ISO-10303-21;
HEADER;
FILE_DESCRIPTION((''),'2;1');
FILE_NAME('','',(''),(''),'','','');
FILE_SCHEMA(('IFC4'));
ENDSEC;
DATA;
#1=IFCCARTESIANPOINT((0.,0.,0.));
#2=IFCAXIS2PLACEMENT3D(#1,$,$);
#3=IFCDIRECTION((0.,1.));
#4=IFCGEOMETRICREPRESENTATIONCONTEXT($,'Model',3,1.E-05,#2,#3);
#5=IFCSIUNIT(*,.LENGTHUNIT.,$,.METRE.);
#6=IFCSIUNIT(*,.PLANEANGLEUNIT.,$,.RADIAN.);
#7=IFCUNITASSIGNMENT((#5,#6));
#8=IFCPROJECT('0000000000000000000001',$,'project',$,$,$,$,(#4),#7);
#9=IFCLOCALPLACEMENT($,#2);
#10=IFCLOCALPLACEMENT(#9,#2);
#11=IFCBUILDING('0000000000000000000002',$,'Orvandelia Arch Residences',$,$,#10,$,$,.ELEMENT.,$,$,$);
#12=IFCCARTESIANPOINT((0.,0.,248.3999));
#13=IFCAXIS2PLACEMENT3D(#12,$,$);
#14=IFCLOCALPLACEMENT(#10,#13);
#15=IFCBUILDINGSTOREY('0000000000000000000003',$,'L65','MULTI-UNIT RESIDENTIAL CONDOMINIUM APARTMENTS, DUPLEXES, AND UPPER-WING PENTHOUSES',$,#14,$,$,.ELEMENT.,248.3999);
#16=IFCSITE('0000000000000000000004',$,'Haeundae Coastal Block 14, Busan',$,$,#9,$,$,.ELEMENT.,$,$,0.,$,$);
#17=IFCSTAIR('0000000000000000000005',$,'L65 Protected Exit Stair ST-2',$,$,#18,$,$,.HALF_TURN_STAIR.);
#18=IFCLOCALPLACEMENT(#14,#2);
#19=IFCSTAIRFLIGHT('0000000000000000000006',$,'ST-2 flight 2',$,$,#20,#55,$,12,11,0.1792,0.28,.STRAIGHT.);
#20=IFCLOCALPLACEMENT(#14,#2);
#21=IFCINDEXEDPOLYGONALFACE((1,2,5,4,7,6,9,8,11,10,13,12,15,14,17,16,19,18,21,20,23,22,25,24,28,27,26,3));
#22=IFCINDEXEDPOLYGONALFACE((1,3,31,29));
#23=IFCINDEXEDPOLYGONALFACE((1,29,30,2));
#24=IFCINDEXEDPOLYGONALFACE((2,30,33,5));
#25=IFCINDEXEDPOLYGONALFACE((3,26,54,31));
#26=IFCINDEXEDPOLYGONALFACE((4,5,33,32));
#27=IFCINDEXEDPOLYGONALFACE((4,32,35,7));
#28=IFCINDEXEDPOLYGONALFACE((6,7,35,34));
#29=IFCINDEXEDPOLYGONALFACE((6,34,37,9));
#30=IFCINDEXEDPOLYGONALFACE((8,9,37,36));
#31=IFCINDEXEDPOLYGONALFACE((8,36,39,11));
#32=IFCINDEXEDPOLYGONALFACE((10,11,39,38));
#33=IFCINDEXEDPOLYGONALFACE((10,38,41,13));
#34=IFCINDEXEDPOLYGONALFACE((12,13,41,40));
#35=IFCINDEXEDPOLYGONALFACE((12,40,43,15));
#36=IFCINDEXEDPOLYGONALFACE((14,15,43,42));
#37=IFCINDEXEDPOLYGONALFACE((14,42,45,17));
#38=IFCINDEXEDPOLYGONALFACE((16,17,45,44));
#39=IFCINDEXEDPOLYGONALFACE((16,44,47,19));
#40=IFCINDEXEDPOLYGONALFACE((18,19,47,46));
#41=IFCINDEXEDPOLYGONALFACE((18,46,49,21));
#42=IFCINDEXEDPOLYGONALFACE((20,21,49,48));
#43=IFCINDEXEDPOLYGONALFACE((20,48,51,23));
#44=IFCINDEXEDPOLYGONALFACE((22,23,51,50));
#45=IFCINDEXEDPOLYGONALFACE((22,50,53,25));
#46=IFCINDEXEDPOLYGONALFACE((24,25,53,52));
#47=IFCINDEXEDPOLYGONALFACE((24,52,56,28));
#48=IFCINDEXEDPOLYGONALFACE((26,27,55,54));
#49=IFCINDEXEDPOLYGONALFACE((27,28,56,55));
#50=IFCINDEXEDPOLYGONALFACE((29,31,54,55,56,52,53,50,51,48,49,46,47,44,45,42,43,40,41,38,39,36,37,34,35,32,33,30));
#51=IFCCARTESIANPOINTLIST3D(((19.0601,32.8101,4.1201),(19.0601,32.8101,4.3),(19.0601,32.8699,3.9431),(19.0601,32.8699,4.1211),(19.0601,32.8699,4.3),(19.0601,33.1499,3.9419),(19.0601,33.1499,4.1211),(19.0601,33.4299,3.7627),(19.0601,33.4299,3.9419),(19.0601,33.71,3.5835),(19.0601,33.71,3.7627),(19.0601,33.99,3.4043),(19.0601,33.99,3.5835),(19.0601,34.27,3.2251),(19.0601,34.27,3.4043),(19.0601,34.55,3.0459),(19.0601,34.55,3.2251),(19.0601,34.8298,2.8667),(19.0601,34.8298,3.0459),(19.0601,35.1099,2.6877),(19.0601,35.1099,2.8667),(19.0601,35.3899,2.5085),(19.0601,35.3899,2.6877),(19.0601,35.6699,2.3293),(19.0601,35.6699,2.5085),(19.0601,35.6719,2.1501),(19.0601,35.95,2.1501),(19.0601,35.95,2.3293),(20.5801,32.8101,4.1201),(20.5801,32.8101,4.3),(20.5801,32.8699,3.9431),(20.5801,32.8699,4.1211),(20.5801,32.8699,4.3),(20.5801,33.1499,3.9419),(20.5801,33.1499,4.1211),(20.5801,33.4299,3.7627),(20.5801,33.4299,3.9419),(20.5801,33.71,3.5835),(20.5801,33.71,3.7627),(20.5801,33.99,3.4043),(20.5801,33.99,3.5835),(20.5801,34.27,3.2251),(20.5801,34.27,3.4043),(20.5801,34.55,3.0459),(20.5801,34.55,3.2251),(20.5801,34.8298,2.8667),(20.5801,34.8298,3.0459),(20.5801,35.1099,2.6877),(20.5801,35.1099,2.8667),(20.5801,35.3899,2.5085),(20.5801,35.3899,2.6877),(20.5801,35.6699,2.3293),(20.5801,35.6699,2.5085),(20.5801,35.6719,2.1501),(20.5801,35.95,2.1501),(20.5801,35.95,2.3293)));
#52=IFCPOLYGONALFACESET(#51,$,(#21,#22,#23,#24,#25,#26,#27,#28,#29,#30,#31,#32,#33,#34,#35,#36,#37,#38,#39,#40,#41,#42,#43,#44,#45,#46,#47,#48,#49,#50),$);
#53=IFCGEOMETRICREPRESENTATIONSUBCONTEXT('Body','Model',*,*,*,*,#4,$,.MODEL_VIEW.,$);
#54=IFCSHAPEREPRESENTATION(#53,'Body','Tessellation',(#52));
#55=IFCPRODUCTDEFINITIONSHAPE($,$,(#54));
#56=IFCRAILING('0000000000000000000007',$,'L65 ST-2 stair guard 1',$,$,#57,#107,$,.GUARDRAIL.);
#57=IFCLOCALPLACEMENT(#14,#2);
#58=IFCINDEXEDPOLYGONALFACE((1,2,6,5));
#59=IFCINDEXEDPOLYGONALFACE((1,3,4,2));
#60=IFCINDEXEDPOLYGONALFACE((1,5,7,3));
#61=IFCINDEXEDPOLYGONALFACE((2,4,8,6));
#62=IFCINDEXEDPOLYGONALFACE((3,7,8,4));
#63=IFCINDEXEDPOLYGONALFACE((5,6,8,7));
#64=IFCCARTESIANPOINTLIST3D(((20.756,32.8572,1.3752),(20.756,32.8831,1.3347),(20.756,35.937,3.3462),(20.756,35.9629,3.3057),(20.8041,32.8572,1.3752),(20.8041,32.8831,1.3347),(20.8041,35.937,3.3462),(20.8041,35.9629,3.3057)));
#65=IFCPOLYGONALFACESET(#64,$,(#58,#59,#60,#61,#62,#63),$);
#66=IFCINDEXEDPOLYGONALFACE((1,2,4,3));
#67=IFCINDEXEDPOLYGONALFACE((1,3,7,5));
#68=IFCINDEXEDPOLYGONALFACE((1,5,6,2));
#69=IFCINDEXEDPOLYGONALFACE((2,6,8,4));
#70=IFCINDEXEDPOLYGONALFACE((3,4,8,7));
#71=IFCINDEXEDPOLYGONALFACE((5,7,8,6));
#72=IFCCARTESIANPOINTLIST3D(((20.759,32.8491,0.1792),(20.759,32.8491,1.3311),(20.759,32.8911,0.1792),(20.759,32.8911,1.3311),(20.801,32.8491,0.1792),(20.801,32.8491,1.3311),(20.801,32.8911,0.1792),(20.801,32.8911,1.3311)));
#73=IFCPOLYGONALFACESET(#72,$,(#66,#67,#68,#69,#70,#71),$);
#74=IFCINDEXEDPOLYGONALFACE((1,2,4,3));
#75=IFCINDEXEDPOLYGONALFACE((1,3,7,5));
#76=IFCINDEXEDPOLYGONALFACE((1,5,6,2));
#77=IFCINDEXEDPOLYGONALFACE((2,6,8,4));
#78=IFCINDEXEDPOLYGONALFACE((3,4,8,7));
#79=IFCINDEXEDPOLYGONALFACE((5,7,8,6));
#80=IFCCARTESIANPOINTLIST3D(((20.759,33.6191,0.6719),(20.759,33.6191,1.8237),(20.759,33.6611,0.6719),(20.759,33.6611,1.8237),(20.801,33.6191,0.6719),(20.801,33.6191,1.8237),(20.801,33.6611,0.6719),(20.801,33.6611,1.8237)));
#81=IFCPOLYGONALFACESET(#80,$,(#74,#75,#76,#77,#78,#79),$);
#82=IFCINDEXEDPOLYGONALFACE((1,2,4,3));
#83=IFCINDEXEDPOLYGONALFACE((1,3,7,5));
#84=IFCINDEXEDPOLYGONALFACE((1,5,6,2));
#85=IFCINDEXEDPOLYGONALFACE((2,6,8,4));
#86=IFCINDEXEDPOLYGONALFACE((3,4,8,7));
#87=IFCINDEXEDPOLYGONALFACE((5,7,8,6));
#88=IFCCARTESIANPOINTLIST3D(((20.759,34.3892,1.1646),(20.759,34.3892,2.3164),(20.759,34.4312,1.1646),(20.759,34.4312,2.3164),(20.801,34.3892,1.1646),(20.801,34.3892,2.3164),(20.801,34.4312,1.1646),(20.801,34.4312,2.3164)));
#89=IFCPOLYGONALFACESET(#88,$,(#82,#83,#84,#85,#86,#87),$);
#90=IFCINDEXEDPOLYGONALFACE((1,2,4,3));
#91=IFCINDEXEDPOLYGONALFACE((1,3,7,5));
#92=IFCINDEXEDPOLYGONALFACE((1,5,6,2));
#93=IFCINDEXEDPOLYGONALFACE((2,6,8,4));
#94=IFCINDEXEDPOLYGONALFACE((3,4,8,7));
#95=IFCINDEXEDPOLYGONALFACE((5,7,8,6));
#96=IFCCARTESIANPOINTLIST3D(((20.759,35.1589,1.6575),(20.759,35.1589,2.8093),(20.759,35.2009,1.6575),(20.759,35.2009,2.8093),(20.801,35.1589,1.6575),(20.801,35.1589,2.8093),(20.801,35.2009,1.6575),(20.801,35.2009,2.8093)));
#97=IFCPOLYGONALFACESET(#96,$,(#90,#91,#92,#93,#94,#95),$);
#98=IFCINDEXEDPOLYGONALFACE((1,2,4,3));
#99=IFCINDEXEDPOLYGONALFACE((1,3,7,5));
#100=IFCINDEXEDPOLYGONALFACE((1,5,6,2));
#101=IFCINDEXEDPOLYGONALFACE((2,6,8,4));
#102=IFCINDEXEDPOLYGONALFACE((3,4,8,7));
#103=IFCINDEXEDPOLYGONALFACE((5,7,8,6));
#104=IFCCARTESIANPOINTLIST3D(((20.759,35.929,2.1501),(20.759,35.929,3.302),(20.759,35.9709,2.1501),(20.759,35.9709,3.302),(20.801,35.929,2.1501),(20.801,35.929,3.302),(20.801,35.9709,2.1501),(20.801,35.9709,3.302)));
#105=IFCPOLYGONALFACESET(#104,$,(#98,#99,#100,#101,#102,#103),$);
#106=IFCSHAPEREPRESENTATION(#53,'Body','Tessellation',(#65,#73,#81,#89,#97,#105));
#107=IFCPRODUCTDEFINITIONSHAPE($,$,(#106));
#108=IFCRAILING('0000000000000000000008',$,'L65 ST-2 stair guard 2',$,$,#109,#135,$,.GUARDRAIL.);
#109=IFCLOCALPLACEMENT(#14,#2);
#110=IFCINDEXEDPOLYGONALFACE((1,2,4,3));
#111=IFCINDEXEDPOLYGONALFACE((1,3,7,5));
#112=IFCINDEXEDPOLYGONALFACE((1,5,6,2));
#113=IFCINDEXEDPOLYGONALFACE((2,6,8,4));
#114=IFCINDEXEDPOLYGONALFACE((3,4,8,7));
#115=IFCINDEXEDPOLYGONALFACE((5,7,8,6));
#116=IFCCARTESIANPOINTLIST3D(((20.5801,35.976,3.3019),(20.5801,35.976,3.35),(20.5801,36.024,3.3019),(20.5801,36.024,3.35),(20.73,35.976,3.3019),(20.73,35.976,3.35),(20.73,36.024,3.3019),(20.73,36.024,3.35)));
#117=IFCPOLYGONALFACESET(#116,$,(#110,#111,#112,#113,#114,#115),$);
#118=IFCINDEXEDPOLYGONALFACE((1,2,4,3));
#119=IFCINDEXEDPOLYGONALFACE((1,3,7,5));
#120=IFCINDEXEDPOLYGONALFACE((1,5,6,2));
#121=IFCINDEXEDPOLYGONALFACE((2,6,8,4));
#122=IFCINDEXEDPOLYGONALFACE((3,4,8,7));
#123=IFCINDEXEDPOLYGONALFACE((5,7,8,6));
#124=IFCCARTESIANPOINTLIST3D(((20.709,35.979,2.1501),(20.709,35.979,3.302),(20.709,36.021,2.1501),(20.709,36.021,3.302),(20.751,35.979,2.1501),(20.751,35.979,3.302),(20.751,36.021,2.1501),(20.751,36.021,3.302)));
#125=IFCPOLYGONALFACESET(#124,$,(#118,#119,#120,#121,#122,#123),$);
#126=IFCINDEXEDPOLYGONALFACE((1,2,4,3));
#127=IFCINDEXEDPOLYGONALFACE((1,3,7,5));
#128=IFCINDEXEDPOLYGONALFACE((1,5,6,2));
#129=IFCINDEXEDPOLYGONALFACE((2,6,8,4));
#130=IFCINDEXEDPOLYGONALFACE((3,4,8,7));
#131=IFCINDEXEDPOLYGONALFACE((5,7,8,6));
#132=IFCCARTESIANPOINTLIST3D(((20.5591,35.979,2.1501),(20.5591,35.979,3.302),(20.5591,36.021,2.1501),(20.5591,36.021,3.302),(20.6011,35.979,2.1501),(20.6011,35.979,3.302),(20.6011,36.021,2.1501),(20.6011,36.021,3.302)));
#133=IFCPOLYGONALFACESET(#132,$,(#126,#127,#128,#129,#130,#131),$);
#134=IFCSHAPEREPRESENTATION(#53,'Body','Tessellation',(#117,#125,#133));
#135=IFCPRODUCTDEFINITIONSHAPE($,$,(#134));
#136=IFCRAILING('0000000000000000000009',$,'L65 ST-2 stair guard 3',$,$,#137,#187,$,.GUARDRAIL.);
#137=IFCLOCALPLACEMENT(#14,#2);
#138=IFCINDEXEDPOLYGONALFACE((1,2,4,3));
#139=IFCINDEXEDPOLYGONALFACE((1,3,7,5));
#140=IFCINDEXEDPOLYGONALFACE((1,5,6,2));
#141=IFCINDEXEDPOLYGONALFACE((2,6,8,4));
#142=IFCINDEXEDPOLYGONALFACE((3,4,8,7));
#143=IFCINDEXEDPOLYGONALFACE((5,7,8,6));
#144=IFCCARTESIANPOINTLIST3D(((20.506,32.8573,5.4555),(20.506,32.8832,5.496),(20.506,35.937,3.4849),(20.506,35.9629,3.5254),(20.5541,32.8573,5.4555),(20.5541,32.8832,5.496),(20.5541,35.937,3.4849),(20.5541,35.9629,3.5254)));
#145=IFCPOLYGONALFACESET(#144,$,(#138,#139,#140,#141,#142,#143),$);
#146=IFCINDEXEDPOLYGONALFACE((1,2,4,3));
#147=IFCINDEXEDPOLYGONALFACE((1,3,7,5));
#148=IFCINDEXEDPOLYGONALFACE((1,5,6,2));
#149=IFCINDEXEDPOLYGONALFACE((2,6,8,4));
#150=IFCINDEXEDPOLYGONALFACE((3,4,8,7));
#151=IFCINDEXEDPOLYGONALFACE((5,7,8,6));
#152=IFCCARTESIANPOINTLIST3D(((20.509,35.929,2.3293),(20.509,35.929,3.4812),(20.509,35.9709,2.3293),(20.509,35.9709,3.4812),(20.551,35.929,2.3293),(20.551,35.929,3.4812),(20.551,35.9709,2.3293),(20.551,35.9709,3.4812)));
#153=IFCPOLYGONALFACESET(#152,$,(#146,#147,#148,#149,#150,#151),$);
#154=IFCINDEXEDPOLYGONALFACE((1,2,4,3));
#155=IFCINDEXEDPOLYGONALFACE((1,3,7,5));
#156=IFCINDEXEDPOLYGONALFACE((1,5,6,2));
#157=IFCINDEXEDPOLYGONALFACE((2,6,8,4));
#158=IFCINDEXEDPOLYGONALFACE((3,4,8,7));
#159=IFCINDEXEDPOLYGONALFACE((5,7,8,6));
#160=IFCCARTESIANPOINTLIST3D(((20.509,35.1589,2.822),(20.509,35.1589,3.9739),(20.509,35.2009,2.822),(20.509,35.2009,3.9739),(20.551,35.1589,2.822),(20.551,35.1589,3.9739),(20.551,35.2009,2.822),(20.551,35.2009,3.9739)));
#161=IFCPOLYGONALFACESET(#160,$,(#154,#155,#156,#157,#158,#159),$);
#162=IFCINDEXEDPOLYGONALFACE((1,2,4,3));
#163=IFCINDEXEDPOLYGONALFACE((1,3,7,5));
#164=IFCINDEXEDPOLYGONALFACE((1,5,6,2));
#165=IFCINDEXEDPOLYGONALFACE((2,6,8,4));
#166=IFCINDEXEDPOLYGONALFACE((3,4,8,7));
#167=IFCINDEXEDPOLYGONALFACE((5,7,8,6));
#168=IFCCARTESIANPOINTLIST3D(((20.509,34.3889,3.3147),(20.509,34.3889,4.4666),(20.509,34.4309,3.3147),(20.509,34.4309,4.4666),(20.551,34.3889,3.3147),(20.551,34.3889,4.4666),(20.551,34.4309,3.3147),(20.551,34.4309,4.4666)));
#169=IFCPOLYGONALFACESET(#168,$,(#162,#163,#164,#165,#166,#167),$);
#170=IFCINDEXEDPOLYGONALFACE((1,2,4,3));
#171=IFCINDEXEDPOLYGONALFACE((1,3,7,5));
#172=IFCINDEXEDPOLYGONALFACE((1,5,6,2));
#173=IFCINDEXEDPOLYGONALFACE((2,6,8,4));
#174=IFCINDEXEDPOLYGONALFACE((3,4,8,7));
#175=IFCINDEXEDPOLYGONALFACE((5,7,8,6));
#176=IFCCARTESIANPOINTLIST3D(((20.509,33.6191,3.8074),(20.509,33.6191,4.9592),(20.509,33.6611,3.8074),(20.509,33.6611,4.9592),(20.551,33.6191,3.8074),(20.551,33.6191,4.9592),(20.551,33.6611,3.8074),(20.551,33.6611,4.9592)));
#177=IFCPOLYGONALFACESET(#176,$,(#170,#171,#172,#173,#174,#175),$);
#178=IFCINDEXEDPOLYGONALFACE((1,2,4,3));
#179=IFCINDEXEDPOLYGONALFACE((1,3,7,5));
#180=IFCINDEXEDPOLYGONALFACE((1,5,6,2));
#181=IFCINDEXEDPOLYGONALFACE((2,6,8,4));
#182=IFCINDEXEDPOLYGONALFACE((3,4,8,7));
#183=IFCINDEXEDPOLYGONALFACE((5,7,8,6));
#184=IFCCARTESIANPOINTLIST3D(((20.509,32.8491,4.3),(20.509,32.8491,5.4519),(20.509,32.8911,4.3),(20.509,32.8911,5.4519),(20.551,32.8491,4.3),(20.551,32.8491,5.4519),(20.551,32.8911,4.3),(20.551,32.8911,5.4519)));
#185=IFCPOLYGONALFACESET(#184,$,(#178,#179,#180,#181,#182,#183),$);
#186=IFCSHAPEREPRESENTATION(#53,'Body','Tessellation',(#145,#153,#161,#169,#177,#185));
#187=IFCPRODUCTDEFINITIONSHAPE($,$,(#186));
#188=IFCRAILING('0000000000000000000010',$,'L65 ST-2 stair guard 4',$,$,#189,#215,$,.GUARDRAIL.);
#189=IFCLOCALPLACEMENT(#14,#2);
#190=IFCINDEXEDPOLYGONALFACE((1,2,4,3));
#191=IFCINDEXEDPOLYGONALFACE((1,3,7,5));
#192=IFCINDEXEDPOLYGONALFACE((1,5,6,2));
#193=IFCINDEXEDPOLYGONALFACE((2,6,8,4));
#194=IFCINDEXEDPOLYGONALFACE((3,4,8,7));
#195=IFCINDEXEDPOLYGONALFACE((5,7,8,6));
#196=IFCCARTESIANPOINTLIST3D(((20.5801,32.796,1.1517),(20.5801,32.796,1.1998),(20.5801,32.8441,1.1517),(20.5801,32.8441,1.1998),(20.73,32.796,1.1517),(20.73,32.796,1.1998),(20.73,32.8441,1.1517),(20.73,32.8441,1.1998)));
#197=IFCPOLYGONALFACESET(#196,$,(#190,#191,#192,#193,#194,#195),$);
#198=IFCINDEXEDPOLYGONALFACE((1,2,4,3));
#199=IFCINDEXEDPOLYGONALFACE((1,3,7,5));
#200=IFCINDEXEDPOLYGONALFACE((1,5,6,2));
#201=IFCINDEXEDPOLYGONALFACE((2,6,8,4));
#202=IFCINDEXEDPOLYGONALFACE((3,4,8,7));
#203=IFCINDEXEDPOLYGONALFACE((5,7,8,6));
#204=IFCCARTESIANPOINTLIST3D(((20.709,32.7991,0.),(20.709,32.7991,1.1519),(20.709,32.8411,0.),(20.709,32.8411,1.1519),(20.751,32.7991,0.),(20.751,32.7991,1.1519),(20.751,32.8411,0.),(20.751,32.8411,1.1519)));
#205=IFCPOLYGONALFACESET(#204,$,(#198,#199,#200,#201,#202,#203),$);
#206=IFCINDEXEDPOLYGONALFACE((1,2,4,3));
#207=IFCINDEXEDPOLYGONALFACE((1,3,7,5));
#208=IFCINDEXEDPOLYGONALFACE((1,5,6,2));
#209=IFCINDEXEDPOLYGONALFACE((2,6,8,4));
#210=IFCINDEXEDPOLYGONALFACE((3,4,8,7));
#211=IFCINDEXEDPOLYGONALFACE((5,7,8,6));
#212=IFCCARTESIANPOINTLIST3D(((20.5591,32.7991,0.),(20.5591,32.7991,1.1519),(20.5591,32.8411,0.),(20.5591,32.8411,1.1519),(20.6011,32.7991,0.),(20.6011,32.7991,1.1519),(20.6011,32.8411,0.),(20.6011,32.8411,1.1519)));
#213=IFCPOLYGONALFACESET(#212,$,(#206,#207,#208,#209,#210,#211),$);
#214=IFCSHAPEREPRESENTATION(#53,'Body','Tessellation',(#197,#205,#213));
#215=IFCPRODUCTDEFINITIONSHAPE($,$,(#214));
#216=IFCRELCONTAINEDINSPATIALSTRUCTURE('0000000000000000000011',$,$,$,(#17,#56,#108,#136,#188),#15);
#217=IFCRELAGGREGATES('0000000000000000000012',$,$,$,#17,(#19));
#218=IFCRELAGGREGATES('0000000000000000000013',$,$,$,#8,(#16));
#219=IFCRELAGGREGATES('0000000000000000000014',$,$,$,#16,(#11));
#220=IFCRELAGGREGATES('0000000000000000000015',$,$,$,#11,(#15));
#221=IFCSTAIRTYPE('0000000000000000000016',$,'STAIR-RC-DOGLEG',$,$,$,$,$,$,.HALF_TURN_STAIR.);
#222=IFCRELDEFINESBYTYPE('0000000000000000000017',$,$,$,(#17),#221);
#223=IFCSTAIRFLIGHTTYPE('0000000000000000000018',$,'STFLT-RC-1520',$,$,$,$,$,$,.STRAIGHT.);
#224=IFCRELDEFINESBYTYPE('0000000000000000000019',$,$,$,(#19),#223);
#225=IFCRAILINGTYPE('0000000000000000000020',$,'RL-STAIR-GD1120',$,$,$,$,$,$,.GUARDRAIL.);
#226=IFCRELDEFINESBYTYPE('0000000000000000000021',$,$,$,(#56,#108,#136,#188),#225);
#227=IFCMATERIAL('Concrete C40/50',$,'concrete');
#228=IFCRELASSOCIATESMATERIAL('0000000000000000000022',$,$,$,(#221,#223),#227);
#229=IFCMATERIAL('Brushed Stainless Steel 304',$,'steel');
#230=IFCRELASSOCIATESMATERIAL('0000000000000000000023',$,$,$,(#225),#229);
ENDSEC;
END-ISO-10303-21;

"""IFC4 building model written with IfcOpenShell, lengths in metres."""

from ifc_helpers import new_model, si_unit, direction, frame, origin, origin_2d, place, context, subcontext, project, spatial, polyline, rectangle, outline, extrude, material, type_object, element, aggregate, save


model = new_model("IFC4")

# Units and contexts
model_context = context("Model", 3, precision=1e-05, world=origin(), true_north=direction((0.0, 1.0)))
body_context = subcontext(model_context, "Body", "Model", "MODEL_VIEW")
ifc_project = project(units=[si_unit("LENGTHUNIT", "METRE"), si_unit("PLANEANGLEUNIT", "RADIAN")], contexts=[model_context])

# Site, building, storey
site_placement = place(None, origin())
site = spatial("IfcSite", under=ifc_project, at=site_placement, Name="Haeundae Coastal Block 14, Busan", CompositionType="ELEMENT", RefElevation=0.0)
building_placement = place(site_placement, origin())
building = spatial("IfcBuilding", under=site, at=building_placement, Name="Orvandelia Arch Residences", CompositionType="ELEMENT")
storey_placement = place(building_placement, frame((0.0, 0.0, 248.3999)))
storey = spatial("IfcBuildingStorey", under=building, at=storey_placement, Name="L65", Description="MULTI-UNIT RESIDENTIAL CONDOMINIUM APARTMENTS, DUPLEXES, AND UPPER-WING PENTHOUSES", CompositionType="ELEMENT", Elevation=248.3999)

# Stair, stair flight
ifc_material_1 = material(Name="Concrete C40/50", Category="concrete")
stair_type = type_object("IfcStairType", Name="STAIR-RC-DOGLEG", PredefinedType="HALF_TURN_STAIR", material=ifc_material_1)
stair_placement = place(storey_placement, origin())
stair = element("IfcStair", 1, at=stair_placement, inside=storey, type_object=stair_type, Name="L65 Protected Exit Stair ST-2", PredefinedType="HALF_TURN_STAIR")
stair_flight_type = type_object("IfcStairFlightType", Name="STFLT-RC-1520", PredefinedType="STRAIGHT", material=ifc_material_1)
stair_flight_1_placement = place(storey_placement, frame((19.8201, 35.95, 2.1501), z_axis=(0.0, 0.0, 1.0), x_axis=(0.0, -1.0, 0.0)))
stair_flight_1 = element("IfcStairFlight", 2, at=stair_flight_1_placement, type_object=stair_flight_type, Name="ST-2 flight 2", NumberOfRisers=12, NumberOfTreads=11, PredefinedType="STRAIGHT", RiserHeight=0.1792, TreadLength=0.28, context=body_context, shape_type="SweptSolid", body=[
    extrude(outline(polyline([(0.0, 0.0), (0.0, 0.1792), (0.28, 0.1792), (0.28, 0.3584), (0.5601, 0.3584), (0.5601, 0.5376), (0.8401, 0.5376), (0.8401, 0.7166), (1.1201, 0.7166), (1.1201, 0.8958), (1.3999, 0.8958), (1.3999, 1.075), (1.6799, 1.075), (1.6799, 1.2542), (1.96, 1.2542), (1.96, 1.4333), (2.24, 1.4333), (2.24, 1.6125), (2.52, 1.6125), (2.52, 1.7917), (2.8, 1.7917), (2.8, 1.9709), (3.0801, 1.9709), (3.0801, 2.1499), (3.1399, 2.1499), (3.1399, 1.97), (3.0801, 1.793), (0.2781, 0.0), (0.0, 0.0)])), frame((0.0, 0.76, 0.0), z_axis=(0.0, -1.0, 0.0), x_axis=(1.0, 0.0, 0.0)), (0.0, 0.0, 1.0), 1.52),
])
aggregate(stair, [stair_flight_1])

# Railings
ifc_material_2 = material(Name="Brushed Stainless Steel 304", Category="steel")
railing_type_1 = type_object("IfcRailingType", Name="RL-STAIR-GD1120", PredefinedType="GUARDRAIL", material=ifc_material_2)
railing_1_placement = place(storey_placement, frame((20.78, 32.8701, 0.1792)))
element("IfcRailing", 3, at=railing_1_placement, inside=storey, type_object=railing_type_1, Name="L65 ST-2 stair guard 1", PredefinedType="GUARDRAIL", context=body_context, shape_type="SweptSolid", body=[
    extrude(rectangle(XDim=0.0481, YDim=0.0481, at=origin_2d()), frame((0.0, 0.0, 1.1758), z_axis=(0.0, 0.84229, 0.539025), x_axis=(-1.0, 0.0, 0.0)), (0.0, 0.0, 1.0), 3.6565),
    extrude(rectangle(XDim=0.042, YDim=0.042, at=origin_2d()), origin(), (0.0, 0.0, 1.0), 1.1519),
    extrude(rectangle(XDim=0.042, YDim=0.042, at=origin_2d()), frame((0.0, 0.77, 0.4927)), (0.0, 0.0, 1.0), 1.1519),
    extrude(rectangle(XDim=0.042, YDim=0.042, at=origin_2d()), frame((0.0, 1.54, 0.9854)), (0.0, 0.0, 1.0), 1.1519),
    extrude(rectangle(XDim=0.042, YDim=0.042, at=origin_2d()), frame((0.0, 2.3098, 1.4783)), (0.0, 0.0, 1.0), 1.1519),
    extrude(rectangle(XDim=0.042, YDim=0.042, at=origin_2d()), frame((0.0, 3.0798, 1.9709)), (0.0, 0.0, 1.0), 1.1519),
])
railing_2_placement = place(storey_placement, frame((20.73, 36.0, 2.1501)))
element("IfcRailing", 4, at=railing_2_placement, inside=storey, type_object=railing_type_1, Name="L65 ST-2 stair guard 2", PredefinedType="GUARDRAIL", context=body_context, shape_type="SweptSolid", body=[
    extrude(rectangle(XDim=0.0481, YDim=0.0481, at=origin_2d()), frame((0.0, 0.0, 1.1758), z_axis=(-1.0, 0.0, 0.0), x_axis=(0.0, -1.0, 0.0)), (0.0, 0.0, 1.0), 0.1499),
    extrude(rectangle(XDim=0.042, YDim=0.042, at=origin_2d()), origin(), (0.0, 0.0, 1.0), 1.1519),
    extrude(rectangle(XDim=0.042, YDim=0.042, at=origin_2d()), frame((-0.1499, 0.0, 0.0)), (0.0, 0.0, 1.0), 1.1519),
])
railing_3_placement = place(storey_placement, frame((20.53, 35.95, 2.3293)))
element("IfcRailing", 5, at=railing_3_placement, inside=storey, type_object=railing_type_1, Name="L65 ST-2 stair guard 3", PredefinedType="GUARDRAIL", context=body_context, shape_type="SweptSolid", body=[
    extrude(rectangle(XDim=0.0481, YDim=0.0481, at=origin_2d()), frame((0.0, 0.0, 1.1758), z_axis=(0.0, -0.84232, 0.538978), x_axis=(1.0, 0.0, 0.0)), (0.0, 0.0, 1.0), 3.6562),
    extrude(rectangle(XDim=0.042, YDim=0.042, at=origin_2d()), origin(), (0.0, 0.0, 1.0), 1.1519),
    extrude(rectangle(XDim=0.042, YDim=0.042, at=origin_2d()), frame((0.0, -0.77, 0.4927)), (0.0, 0.0, 1.0), 1.1519),
    extrude(rectangle(XDim=0.042, YDim=0.042, at=origin_2d()), frame((0.0, -1.54, 0.9854)), (0.0, 0.0, 1.0), 1.1519),
    extrude(rectangle(XDim=0.042, YDim=0.042, at=origin_2d()), frame((0.0, -2.3098, 1.478)), (0.0, 0.0, 1.0), 1.1519),
    extrude(rectangle(XDim=0.042, YDim=0.042, at=origin_2d()), frame((0.0, -3.0798, 1.9707)), (0.0, 0.0, 1.0), 1.1519),
])
railing_4_placement = place(storey_placement, frame((20.73, 32.8201, 0.0)))
element("IfcRailing", 6, at=railing_4_placement, inside=storey, type_object=railing_type_1, Name="L65 ST-2 stair guard 4", PredefinedType="GUARDRAIL", context=body_context, shape_type="SweptSolid", body=[
    extrude(rectangle(XDim=0.0481, YDim=0.0481, at=origin_2d()), frame((0.0, 0.0, 1.1758), z_axis=(-1.0, 0.0, 0.0), x_axis=(0.0, -1.0, 0.0)), (0.0, 0.0, 1.0), 0.1499),
    extrude(rectangle(XDim=0.042, YDim=0.042, at=origin_2d()), origin(), (0.0, 0.0, 1.0), 1.1519),
    extrude(rectangle(XDim=0.042, YDim=0.042, at=origin_2d()), frame((-0.1499, 0.0, 0.0)), (0.0, 0.0, 1.0), 1.1519),
])

save(model, "model.ifc")
